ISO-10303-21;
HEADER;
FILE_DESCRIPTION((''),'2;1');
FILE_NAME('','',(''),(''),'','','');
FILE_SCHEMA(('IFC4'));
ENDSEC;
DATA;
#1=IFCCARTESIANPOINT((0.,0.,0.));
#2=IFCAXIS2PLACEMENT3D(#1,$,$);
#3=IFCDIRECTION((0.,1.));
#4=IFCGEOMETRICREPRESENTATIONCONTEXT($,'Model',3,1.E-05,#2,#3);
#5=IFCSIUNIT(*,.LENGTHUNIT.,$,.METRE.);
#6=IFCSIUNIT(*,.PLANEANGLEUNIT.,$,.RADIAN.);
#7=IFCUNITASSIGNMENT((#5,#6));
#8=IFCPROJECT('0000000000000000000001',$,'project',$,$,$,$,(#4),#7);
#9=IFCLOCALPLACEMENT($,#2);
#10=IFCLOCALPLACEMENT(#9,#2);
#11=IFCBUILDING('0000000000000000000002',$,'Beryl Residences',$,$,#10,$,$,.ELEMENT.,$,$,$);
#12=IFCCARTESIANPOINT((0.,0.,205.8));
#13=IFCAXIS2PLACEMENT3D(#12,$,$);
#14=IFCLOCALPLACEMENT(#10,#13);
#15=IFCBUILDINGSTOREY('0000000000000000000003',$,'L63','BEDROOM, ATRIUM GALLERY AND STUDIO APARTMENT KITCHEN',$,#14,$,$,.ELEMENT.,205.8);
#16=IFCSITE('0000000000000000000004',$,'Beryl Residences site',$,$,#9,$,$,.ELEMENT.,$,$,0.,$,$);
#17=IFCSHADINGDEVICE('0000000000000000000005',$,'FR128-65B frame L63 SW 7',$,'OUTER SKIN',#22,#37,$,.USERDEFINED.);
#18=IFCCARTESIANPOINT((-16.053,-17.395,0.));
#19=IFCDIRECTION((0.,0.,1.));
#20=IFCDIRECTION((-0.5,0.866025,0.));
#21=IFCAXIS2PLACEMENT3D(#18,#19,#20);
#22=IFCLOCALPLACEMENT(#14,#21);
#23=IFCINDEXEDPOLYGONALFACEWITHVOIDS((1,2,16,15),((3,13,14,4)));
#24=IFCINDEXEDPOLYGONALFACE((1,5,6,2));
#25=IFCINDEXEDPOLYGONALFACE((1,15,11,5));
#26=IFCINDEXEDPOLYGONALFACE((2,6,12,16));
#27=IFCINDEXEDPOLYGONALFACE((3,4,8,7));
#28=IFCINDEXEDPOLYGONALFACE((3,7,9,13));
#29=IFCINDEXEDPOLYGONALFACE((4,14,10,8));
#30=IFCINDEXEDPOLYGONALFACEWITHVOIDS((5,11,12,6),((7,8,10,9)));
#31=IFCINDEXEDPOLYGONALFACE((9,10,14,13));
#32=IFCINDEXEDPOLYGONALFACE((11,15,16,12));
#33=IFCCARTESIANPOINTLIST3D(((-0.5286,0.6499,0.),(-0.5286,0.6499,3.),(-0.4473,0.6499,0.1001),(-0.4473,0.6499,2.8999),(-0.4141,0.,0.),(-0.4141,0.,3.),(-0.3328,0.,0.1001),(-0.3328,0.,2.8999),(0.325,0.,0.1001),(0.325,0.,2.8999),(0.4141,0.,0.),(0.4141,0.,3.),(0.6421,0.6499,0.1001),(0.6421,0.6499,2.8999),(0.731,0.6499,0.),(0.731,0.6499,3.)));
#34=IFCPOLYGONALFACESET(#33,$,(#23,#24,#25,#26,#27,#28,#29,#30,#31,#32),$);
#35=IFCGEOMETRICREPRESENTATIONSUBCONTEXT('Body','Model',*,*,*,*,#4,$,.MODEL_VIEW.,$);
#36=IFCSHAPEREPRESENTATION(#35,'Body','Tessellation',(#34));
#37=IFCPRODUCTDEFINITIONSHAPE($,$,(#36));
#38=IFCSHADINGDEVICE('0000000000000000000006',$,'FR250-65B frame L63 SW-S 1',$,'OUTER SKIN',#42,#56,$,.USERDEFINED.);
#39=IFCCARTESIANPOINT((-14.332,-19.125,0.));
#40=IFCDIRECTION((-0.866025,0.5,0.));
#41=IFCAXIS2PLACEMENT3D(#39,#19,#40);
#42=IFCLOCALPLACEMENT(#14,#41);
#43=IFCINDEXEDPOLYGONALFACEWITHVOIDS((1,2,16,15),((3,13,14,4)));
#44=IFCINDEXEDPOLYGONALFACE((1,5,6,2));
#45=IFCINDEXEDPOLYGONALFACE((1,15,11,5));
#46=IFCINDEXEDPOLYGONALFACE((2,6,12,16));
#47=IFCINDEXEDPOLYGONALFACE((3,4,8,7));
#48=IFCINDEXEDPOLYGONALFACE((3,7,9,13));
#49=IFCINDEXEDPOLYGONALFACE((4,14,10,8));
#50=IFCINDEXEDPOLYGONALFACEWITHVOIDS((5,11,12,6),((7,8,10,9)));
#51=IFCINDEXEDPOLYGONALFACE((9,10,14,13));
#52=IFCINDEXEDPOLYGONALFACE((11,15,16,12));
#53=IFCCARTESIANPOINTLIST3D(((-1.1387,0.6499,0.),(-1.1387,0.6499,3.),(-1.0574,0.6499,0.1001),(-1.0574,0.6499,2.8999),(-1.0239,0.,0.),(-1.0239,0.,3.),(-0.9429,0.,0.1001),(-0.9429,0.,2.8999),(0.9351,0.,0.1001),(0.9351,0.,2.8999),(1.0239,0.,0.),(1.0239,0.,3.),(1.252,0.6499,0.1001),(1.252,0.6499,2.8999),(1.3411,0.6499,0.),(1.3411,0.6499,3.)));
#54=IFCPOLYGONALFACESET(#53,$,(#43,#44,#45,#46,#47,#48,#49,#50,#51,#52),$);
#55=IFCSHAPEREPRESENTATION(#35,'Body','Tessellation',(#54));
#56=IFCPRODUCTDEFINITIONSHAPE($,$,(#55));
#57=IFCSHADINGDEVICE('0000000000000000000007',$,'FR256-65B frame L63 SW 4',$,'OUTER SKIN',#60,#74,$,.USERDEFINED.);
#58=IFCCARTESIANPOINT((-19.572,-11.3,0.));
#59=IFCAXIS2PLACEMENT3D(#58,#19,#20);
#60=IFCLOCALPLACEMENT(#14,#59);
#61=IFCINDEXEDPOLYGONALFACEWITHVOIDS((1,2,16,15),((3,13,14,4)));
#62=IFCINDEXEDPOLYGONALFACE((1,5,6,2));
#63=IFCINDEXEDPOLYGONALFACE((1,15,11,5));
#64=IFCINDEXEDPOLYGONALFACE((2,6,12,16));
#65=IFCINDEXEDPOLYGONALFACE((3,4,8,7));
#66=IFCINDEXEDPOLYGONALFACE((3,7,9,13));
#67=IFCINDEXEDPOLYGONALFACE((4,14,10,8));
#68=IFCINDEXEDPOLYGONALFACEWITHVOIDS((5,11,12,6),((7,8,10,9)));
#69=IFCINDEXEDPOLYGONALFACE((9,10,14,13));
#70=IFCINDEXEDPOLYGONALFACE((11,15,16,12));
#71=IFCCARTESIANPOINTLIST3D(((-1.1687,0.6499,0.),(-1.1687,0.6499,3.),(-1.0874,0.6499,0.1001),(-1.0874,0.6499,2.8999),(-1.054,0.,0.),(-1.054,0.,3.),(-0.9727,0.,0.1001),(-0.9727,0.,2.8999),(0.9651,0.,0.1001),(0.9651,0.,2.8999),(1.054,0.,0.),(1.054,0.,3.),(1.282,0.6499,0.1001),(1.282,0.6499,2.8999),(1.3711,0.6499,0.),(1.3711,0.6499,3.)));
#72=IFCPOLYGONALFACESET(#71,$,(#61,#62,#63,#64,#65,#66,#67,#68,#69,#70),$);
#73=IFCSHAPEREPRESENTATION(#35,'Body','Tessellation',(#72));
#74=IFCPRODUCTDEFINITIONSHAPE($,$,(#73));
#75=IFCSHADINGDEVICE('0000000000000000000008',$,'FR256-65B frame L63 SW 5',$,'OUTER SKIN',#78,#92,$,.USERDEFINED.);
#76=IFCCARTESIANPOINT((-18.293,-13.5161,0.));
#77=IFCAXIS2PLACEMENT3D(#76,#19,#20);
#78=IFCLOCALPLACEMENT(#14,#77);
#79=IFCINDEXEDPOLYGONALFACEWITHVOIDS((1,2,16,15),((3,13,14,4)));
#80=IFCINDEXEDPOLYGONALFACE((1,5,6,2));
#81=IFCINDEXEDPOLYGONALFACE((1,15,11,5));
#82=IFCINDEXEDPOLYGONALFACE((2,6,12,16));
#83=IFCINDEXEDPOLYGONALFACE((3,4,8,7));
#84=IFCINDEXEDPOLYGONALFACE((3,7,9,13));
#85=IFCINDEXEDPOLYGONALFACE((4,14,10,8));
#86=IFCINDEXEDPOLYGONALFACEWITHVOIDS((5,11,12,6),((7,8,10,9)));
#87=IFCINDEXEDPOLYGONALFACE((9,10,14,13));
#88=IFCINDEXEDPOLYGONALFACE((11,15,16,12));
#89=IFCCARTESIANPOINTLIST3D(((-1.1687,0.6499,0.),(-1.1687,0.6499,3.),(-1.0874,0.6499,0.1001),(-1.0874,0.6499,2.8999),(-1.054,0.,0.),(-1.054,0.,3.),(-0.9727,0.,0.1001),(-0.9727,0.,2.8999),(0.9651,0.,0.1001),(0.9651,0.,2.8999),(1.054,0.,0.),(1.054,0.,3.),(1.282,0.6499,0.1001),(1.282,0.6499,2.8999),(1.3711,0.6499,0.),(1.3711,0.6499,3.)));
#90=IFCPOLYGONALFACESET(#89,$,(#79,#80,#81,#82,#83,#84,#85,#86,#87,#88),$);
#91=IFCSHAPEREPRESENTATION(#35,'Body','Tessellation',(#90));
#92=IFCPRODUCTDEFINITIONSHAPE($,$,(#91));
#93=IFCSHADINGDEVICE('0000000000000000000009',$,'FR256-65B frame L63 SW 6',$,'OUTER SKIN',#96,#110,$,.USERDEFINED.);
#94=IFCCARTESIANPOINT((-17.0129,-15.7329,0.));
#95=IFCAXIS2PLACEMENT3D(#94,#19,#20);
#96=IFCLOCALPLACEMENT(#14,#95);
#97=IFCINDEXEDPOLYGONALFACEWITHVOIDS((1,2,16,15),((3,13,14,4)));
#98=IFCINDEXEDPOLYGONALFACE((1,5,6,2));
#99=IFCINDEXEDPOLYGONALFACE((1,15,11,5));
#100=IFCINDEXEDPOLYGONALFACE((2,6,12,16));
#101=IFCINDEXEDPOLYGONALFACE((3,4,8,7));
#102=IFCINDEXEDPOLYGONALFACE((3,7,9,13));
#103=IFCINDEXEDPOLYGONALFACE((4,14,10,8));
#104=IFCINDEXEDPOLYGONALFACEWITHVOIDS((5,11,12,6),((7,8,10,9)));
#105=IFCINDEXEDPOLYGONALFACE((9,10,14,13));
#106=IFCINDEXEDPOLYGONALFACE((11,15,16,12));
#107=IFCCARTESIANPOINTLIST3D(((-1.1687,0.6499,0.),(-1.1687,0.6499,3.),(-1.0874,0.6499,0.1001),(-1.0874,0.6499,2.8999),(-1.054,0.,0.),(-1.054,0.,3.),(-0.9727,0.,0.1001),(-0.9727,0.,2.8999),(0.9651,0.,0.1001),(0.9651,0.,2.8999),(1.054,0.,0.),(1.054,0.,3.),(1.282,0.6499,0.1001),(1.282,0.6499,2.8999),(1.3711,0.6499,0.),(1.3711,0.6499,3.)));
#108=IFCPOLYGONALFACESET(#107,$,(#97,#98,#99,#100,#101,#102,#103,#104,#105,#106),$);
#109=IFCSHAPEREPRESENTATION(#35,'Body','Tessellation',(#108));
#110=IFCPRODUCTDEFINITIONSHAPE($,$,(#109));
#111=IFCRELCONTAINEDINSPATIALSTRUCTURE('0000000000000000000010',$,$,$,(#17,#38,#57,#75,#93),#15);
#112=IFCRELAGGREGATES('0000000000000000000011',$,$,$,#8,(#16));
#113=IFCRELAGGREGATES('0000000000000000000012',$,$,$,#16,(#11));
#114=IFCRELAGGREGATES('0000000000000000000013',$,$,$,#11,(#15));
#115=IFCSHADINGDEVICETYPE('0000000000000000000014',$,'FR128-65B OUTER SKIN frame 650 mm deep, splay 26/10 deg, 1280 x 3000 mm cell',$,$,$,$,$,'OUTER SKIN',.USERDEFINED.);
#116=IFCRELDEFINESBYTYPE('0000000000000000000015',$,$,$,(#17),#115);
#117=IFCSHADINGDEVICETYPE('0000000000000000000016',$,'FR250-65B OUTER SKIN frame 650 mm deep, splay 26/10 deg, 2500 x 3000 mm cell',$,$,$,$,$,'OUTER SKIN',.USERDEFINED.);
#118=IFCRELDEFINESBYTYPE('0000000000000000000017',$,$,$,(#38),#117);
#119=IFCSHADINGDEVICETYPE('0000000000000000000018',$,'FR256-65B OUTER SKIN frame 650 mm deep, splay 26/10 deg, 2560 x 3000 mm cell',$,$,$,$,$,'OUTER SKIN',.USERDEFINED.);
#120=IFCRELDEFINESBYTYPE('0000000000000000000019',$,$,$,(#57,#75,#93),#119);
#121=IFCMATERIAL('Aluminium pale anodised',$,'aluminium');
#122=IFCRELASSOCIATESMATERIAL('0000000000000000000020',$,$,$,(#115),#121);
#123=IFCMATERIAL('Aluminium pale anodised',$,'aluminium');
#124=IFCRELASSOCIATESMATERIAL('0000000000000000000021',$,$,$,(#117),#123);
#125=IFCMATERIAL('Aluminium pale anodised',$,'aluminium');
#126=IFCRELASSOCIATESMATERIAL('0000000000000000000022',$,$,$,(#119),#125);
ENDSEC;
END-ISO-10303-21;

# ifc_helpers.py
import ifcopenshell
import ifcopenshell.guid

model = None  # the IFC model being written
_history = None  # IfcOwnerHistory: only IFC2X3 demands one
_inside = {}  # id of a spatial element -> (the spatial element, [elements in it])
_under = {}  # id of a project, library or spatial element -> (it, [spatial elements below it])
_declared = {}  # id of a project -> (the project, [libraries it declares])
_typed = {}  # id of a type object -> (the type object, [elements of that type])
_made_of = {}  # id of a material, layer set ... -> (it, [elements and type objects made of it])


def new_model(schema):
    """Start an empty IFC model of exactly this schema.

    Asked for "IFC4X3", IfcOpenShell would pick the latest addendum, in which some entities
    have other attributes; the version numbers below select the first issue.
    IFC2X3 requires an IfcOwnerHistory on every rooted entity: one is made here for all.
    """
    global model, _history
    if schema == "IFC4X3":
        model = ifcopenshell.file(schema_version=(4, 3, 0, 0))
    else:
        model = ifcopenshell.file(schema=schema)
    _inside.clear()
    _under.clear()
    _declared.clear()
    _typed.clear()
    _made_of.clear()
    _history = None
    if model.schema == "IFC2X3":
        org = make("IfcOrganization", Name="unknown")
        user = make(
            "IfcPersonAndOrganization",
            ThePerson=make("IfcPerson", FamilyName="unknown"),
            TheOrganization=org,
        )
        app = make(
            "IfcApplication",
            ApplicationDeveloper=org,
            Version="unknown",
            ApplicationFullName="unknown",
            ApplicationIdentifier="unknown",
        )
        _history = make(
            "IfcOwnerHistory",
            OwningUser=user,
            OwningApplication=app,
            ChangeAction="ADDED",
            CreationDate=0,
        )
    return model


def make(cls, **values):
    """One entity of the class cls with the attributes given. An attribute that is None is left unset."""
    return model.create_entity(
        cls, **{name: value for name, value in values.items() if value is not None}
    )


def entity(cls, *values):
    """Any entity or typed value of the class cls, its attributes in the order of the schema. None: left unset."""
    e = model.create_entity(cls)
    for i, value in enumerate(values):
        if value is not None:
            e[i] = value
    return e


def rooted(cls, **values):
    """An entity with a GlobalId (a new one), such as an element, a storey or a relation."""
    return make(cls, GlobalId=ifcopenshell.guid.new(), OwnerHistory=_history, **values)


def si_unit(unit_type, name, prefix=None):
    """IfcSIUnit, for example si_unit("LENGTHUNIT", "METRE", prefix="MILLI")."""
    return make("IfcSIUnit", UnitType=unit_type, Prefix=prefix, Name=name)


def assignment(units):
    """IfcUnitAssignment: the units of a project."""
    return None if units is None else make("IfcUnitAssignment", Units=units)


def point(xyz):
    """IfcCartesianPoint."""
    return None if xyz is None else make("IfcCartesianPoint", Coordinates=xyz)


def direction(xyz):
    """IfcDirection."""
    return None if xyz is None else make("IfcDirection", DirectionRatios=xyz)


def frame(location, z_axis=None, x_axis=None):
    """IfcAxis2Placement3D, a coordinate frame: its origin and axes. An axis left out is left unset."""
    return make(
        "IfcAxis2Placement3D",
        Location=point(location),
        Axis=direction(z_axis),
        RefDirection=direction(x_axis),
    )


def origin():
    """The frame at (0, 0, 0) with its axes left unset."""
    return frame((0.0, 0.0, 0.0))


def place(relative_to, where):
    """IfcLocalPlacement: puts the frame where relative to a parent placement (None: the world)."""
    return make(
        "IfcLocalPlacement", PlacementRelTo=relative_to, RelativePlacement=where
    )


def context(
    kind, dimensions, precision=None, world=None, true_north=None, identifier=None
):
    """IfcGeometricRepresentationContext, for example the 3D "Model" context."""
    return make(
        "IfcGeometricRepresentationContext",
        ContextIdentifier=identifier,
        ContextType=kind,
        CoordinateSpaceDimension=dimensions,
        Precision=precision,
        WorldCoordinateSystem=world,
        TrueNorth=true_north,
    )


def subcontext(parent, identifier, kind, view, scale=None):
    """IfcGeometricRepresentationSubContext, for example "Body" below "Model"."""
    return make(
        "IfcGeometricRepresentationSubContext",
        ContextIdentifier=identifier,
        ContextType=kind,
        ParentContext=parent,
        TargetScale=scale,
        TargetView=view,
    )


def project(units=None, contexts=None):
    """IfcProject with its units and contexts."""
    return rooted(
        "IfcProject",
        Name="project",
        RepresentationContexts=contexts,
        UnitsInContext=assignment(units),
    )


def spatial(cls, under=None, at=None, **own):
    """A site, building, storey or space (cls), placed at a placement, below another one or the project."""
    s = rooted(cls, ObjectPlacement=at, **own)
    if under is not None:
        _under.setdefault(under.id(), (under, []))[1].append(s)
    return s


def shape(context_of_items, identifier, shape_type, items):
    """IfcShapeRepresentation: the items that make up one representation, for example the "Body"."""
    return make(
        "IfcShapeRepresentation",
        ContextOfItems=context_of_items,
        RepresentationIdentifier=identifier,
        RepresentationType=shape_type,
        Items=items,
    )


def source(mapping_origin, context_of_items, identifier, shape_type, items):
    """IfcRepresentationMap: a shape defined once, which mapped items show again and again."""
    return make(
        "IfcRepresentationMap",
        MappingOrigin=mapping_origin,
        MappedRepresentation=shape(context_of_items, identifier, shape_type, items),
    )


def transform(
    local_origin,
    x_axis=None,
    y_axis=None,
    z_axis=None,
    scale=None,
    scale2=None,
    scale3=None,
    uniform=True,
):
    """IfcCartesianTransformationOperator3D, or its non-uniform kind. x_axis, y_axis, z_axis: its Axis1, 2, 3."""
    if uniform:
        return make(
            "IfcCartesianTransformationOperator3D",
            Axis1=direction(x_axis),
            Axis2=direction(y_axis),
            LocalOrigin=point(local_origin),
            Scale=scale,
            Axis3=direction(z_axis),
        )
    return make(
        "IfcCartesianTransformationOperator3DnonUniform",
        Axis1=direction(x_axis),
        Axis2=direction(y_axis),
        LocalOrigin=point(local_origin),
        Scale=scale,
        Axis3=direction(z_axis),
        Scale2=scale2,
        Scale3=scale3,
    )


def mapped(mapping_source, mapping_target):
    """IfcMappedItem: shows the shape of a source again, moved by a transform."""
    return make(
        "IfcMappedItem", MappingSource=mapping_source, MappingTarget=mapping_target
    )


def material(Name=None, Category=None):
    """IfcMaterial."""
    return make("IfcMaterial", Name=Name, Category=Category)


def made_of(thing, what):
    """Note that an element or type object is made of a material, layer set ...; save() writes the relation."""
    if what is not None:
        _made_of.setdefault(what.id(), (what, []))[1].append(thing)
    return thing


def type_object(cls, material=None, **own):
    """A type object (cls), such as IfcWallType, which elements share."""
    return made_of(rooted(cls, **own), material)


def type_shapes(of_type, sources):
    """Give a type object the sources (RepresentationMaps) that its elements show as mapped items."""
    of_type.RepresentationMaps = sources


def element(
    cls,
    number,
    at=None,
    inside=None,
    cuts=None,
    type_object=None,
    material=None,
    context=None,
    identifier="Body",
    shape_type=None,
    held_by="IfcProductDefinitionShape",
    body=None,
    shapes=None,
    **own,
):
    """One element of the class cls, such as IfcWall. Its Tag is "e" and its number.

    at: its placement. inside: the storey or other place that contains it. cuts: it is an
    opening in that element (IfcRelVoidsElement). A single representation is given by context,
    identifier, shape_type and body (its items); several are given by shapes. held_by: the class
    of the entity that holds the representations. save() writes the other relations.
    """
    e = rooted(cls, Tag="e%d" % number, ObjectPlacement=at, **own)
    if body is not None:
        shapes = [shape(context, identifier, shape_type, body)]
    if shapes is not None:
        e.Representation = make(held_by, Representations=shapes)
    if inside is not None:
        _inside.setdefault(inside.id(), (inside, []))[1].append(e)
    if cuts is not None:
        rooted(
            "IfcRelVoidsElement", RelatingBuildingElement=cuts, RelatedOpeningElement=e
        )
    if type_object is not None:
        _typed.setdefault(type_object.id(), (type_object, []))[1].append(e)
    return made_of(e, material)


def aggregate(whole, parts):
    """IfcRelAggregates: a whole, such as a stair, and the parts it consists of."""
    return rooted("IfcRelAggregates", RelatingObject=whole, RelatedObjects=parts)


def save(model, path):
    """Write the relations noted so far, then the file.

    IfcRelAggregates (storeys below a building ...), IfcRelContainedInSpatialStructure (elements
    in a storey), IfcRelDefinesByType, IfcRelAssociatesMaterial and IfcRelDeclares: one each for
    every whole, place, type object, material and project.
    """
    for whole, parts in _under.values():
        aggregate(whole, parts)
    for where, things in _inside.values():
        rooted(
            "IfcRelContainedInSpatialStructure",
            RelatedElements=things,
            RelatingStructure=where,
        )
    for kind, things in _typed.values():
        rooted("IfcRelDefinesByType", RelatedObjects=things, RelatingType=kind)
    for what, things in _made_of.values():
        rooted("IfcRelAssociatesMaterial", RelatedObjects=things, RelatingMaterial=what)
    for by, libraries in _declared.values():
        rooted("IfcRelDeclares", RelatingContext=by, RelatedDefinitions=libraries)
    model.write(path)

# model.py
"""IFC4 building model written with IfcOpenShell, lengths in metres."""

from ifc_helpers import new_model, entity, si_unit, direction, frame, origin, place, context, subcontext, project, spatial, source, transform, mapped, material, type_object, type_shapes, element, save


model = new_model("IFC4")

# Units and contexts
model_context = context("Model", 3, precision=1e-05, world=origin(), true_north=direction((0.0, 1.0)))
body_context = subcontext(model_context, "Body", "Model", "MODEL_VIEW")
ifc_project = project(units=[si_unit("LENGTHUNIT", "METRE"), si_unit("PLANEANGLEUNIT", "RADIAN")], contexts=[model_context])

# Site, building, storey
site_placement = place(None, origin())
site = spatial("IfcSite", under=ifc_project, at=site_placement, Name="Beryl Residences site", CompositionType="ELEMENT", RefElevation=0.0)
building_placement = place(site_placement, origin())
building = spatial("IfcBuilding", under=site, at=building_placement, Name="Beryl Residences", CompositionType="ELEMENT")
storey_placement = place(building_placement, frame((0.0, 0.0, 205.8)))
storey = spatial("IfcBuildingStorey", under=building, at=storey_placement, Name="L63", Description="BEDROOM, ATRIUM GALLERY AND STUDIO APARTMENT KITCHEN", CompositionType="ELEMENT", Elevation=205.8)

# Shading devices
ifc_material_1 = material(Name="Aluminium pale anodised", Category="aluminium")
shading_device_type_1 = type_object("IfcShadingDeviceType", Name="FR128-65B OUTER SKIN frame 650 mm deep, splay 26/10 deg, 1280 x 3000 mm cell", ElementType="OUTER SKIN", PredefinedType="USERDEFINED", material=ifc_material_1)
cartesian_point_1 = entity("IfcCartesianPoint", [-0.4141, 0.0])
cartesian_point_2 = entity("IfcCartesianPoint", [-0.325, 0.1001])
cartesian_point_3 = entity("IfcCartesianPoint", [-0.731, 0.0])
cartesian_point_4 = entity("IfcCartesianPoint", [-0.6421, 0.1001])
shared_shape_1 = source(origin(), body_context, "Body", "SweptSolid", [
    entity("IfcExtrudedAreaSolidTapered", entity("IfcArbitraryProfileDefWithVoids", "AREA", None, entity("IfcPolyline", [cartesian_point_1, entity("IfcCartesianPoint", [0.4141, 0.0]), entity("IfcCartesianPoint", [0.4141, 3.0]), entity("IfcCartesianPoint", [-0.4141, 3.0]), cartesian_point_1]), [entity("IfcPolyline", [cartesian_point_2, entity("IfcCartesianPoint", [0.3328, 0.1001]), entity("IfcCartesianPoint", [0.3328, 2.8999]), entity("IfcCartesianPoint", [-0.325, 2.8999]), cartesian_point_2])]), entity("IfcAxis2Placement3D", entity("IfcCartesianPoint", [0.0, 0.0, 0.0]), entity("IfcDirection", [0.0, 1.0, 0.0]), entity("IfcDirection", [-1.0, 0.0, 0.0])), entity("IfcDirection", [0.0, 0.0, 1.0]), 0.6499, entity("IfcArbitraryProfileDefWithVoids", "AREA", None, entity("IfcPolyline", [cartesian_point_3, entity("IfcCartesianPoint", [0.5286, 0.0]), entity("IfcCartesianPoint", [0.5286, 3.0]), entity("IfcCartesianPoint", [-0.731, 3.0]), cartesian_point_3]), [entity("IfcPolyline", [cartesian_point_4, entity("IfcCartesianPoint", [0.4473, 0.1001]), entity("IfcCartesianPoint", [0.4473, 2.8999]), entity("IfcCartesianPoint", [-0.6421, 2.8999]), cartesian_point_4])])),
])
type_shapes(shading_device_type_1, [shared_shape_1])
shading_device_1_placement = place(storey_placement, frame((-16.053, -17.395, 0.0), z_axis=(0.0, 0.0, 1.0), x_axis=(-0.5, 0.866025, 0.0)))
element("IfcShadingDevice", 1, at=shading_device_1_placement, inside=storey, type_object=shading_device_type_1, Name="FR128-65B frame L63 SW 7", ObjectType="OUTER SKIN", PredefinedType="USERDEFINED", context=body_context, shape_type="MappedRepresentation", body=[
    mapped(shared_shape_1, transform((0.0, 0.0, 0.0))),
])
ifc_material_2 = material(Name="Aluminium pale anodised", Category="aluminium")
shading_device_type_2 = type_object("IfcShadingDeviceType", Name="FR250-65B OUTER SKIN frame 650 mm deep, splay 26/10 deg, 2500 x 3000 mm cell", ElementType="OUTER SKIN", PredefinedType="USERDEFINED", material=ifc_material_2)
cartesian_point_5 = entity("IfcCartesianPoint", [-1.0239, 0.0])
cartesian_point_6 = entity("IfcCartesianPoint", [-0.9351, 0.1001])
cartesian_point_7 = entity("IfcCartesianPoint", [-1.3411, 0.0])
cartesian_point_8 = entity("IfcCartesianPoint", [-1.252, 0.1001])
shared_shape_2 = source(origin(), body_context, "Body", "SweptSolid", [
    entity("IfcExtrudedAreaSolidTapered", entity("IfcArbitraryProfileDefWithVoids", "AREA", None, entity("IfcPolyline", [cartesian_point_5, entity("IfcCartesianPoint", [1.0239, 0.0]), entity("IfcCartesianPoint", [1.0239, 3.0]), entity("IfcCartesianPoint", [-1.0239, 3.0]), cartesian_point_5]), [entity("IfcPolyline", [cartesian_point_6, entity("IfcCartesianPoint", [0.9429, 0.1001]), entity("IfcCartesianPoint", [0.9429, 2.8999]), entity("IfcCartesianPoint", [-0.9351, 2.8999]), cartesian_point_6])]), entity("IfcAxis2Placement3D", entity("IfcCartesianPoint", [0.0, 0.0, 0.0]), entity("IfcDirection", [0.0, 1.0, 0.0]), entity("IfcDirection", [-1.0, 0.0, 0.0])), entity("IfcDirection", [0.0, 0.0, 1.0]), 0.6499, entity("IfcArbitraryProfileDefWithVoids", "AREA", None, entity("IfcPolyline", [cartesian_point_7, entity("IfcCartesianPoint", [1.1387, 0.0]), entity("IfcCartesianPoint", [1.1387, 3.0]), entity("IfcCartesianPoint", [-1.3411, 3.0]), cartesian_point_7]), [entity("IfcPolyline", [cartesian_point_8, entity("IfcCartesianPoint", [1.0574, 0.1001]), entity("IfcCartesianPoint", [1.0574, 2.8999]), entity("IfcCartesianPoint", [-1.252, 2.8999]), cartesian_point_8])])),
])
type_shapes(shading_device_type_2, [shared_shape_2])
shading_device_2_placement = place(storey_placement, frame((-14.332, -19.125, 0.0), z_axis=(0.0, 0.0, 1.0), x_axis=(-0.866025, 0.5, 0.0)))
element("IfcShadingDevice", 2, at=shading_device_2_placement, inside=storey, type_object=shading_device_type_2, Name="FR250-65B frame L63 SW-S 1", ObjectType="OUTER SKIN", PredefinedType="USERDEFINED", context=body_context, shape_type="MappedRepresentation", body=[
    mapped(shared_shape_2, transform((0.0, 0.0, 0.0))),
])
ifc_material_3 = material(Name="Aluminium pale anodised", Category="aluminium")
shading_device_type_3 = type_object("IfcShadingDeviceType", Name="FR256-65B OUTER SKIN frame 650 mm deep, splay 26/10 deg, 2560 x 3000 mm cell", ElementType="OUTER SKIN", PredefinedType="USERDEFINED", material=ifc_material_3)
cartesian_point_9 = entity("IfcCartesianPoint", [-1.054, 0.0])
cartesian_point_10 = entity("IfcCartesianPoint", [-0.9651, 0.1001])
cartesian_point_11 = entity("IfcCartesianPoint", [-1.3711, 0.0])
cartesian_point_12 = entity("IfcCartesianPoint", [-1.282, 0.1001])
shared_shape_3 = source(origin(), body_context, "Body", "SweptSolid", [
    entity("IfcExtrudedAreaSolidTapered", entity("IfcArbitraryProfileDefWithVoids", "AREA", None, entity("IfcPolyline", [cartesian_point_9, entity("IfcCartesianPoint", [1.054, 0.0]), entity("IfcCartesianPoint", [1.054, 3.0]), entity("IfcCartesianPoint", [-1.054, 3.0]), cartesian_point_9]), [entity("IfcPolyline", [cartesian_point_10, entity("IfcCartesianPoint", [0.9727, 0.1001]), entity("IfcCartesianPoint", [0.9727, 2.8999]), entity("IfcCartesianPoint", [-0.9651, 2.8999]), cartesian_point_10])]), entity("IfcAxis2Placement3D", entity("IfcCartesianPoint", [0.0, 0.0, 0.0]), entity("IfcDirection", [0.0, 1.0, 0.0]), entity("IfcDirection", [-1.0, 0.0, 0.0])), entity("IfcDirection", [0.0, 0.0, 1.0]), 0.6499, entity("IfcArbitraryProfileDefWithVoids", "AREA", None, entity("IfcPolyline", [cartesian_point_11, entity("IfcCartesianPoint", [1.1687, 0.0]), entity("IfcCartesianPoint", [1.1687, 3.0]), entity("IfcCartesianPoint", [-1.3711, 3.0]), cartesian_point_11]), [entity("IfcPolyline", [cartesian_point_12, entity("IfcCartesianPoint", [1.0874, 0.1001]), entity("IfcCartesianPoint", [1.0874, 2.8999]), entity("IfcCartesianPoint", [-1.282, 2.8999]), cartesian_point_12])])),
])
type_shapes(shading_device_type_3, [shared_shape_3])
for number, where, z_axis, x_axis, name in (
    (3, (-19.572, -11.3, 0.0), (0.0, 0.0, 1.0), (-0.5, 0.866025, 0.0), "FR256-65B frame L63 SW 4"),
    (4, (-18.293, -13.5161, 0.0), (0.0, 0.0, 1.0), (-0.5, 0.866025, 0.0), "FR256-65B frame L63 SW 5"),
    (5, (-17.0129, -15.7329, 0.0), (0.0, 0.0, 1.0), (-0.5, 0.866025, 0.0), "FR256-65B frame L63 SW 6"),
):
    element("IfcShadingDevice", number, at=place(storey_placement, frame(where, z_axis=z_axis, x_axis=x_axis)), inside=storey, type_object=shading_device_type_3, Name=name, ObjectType="OUTER SKIN", PredefinedType="USERDEFINED", context=body_context, shape_type="MappedRepresentation", body=[
        mapped(shared_shape_3, transform((0.0, 0.0, 0.0))),
    ])

save(model, "model.ifc")
